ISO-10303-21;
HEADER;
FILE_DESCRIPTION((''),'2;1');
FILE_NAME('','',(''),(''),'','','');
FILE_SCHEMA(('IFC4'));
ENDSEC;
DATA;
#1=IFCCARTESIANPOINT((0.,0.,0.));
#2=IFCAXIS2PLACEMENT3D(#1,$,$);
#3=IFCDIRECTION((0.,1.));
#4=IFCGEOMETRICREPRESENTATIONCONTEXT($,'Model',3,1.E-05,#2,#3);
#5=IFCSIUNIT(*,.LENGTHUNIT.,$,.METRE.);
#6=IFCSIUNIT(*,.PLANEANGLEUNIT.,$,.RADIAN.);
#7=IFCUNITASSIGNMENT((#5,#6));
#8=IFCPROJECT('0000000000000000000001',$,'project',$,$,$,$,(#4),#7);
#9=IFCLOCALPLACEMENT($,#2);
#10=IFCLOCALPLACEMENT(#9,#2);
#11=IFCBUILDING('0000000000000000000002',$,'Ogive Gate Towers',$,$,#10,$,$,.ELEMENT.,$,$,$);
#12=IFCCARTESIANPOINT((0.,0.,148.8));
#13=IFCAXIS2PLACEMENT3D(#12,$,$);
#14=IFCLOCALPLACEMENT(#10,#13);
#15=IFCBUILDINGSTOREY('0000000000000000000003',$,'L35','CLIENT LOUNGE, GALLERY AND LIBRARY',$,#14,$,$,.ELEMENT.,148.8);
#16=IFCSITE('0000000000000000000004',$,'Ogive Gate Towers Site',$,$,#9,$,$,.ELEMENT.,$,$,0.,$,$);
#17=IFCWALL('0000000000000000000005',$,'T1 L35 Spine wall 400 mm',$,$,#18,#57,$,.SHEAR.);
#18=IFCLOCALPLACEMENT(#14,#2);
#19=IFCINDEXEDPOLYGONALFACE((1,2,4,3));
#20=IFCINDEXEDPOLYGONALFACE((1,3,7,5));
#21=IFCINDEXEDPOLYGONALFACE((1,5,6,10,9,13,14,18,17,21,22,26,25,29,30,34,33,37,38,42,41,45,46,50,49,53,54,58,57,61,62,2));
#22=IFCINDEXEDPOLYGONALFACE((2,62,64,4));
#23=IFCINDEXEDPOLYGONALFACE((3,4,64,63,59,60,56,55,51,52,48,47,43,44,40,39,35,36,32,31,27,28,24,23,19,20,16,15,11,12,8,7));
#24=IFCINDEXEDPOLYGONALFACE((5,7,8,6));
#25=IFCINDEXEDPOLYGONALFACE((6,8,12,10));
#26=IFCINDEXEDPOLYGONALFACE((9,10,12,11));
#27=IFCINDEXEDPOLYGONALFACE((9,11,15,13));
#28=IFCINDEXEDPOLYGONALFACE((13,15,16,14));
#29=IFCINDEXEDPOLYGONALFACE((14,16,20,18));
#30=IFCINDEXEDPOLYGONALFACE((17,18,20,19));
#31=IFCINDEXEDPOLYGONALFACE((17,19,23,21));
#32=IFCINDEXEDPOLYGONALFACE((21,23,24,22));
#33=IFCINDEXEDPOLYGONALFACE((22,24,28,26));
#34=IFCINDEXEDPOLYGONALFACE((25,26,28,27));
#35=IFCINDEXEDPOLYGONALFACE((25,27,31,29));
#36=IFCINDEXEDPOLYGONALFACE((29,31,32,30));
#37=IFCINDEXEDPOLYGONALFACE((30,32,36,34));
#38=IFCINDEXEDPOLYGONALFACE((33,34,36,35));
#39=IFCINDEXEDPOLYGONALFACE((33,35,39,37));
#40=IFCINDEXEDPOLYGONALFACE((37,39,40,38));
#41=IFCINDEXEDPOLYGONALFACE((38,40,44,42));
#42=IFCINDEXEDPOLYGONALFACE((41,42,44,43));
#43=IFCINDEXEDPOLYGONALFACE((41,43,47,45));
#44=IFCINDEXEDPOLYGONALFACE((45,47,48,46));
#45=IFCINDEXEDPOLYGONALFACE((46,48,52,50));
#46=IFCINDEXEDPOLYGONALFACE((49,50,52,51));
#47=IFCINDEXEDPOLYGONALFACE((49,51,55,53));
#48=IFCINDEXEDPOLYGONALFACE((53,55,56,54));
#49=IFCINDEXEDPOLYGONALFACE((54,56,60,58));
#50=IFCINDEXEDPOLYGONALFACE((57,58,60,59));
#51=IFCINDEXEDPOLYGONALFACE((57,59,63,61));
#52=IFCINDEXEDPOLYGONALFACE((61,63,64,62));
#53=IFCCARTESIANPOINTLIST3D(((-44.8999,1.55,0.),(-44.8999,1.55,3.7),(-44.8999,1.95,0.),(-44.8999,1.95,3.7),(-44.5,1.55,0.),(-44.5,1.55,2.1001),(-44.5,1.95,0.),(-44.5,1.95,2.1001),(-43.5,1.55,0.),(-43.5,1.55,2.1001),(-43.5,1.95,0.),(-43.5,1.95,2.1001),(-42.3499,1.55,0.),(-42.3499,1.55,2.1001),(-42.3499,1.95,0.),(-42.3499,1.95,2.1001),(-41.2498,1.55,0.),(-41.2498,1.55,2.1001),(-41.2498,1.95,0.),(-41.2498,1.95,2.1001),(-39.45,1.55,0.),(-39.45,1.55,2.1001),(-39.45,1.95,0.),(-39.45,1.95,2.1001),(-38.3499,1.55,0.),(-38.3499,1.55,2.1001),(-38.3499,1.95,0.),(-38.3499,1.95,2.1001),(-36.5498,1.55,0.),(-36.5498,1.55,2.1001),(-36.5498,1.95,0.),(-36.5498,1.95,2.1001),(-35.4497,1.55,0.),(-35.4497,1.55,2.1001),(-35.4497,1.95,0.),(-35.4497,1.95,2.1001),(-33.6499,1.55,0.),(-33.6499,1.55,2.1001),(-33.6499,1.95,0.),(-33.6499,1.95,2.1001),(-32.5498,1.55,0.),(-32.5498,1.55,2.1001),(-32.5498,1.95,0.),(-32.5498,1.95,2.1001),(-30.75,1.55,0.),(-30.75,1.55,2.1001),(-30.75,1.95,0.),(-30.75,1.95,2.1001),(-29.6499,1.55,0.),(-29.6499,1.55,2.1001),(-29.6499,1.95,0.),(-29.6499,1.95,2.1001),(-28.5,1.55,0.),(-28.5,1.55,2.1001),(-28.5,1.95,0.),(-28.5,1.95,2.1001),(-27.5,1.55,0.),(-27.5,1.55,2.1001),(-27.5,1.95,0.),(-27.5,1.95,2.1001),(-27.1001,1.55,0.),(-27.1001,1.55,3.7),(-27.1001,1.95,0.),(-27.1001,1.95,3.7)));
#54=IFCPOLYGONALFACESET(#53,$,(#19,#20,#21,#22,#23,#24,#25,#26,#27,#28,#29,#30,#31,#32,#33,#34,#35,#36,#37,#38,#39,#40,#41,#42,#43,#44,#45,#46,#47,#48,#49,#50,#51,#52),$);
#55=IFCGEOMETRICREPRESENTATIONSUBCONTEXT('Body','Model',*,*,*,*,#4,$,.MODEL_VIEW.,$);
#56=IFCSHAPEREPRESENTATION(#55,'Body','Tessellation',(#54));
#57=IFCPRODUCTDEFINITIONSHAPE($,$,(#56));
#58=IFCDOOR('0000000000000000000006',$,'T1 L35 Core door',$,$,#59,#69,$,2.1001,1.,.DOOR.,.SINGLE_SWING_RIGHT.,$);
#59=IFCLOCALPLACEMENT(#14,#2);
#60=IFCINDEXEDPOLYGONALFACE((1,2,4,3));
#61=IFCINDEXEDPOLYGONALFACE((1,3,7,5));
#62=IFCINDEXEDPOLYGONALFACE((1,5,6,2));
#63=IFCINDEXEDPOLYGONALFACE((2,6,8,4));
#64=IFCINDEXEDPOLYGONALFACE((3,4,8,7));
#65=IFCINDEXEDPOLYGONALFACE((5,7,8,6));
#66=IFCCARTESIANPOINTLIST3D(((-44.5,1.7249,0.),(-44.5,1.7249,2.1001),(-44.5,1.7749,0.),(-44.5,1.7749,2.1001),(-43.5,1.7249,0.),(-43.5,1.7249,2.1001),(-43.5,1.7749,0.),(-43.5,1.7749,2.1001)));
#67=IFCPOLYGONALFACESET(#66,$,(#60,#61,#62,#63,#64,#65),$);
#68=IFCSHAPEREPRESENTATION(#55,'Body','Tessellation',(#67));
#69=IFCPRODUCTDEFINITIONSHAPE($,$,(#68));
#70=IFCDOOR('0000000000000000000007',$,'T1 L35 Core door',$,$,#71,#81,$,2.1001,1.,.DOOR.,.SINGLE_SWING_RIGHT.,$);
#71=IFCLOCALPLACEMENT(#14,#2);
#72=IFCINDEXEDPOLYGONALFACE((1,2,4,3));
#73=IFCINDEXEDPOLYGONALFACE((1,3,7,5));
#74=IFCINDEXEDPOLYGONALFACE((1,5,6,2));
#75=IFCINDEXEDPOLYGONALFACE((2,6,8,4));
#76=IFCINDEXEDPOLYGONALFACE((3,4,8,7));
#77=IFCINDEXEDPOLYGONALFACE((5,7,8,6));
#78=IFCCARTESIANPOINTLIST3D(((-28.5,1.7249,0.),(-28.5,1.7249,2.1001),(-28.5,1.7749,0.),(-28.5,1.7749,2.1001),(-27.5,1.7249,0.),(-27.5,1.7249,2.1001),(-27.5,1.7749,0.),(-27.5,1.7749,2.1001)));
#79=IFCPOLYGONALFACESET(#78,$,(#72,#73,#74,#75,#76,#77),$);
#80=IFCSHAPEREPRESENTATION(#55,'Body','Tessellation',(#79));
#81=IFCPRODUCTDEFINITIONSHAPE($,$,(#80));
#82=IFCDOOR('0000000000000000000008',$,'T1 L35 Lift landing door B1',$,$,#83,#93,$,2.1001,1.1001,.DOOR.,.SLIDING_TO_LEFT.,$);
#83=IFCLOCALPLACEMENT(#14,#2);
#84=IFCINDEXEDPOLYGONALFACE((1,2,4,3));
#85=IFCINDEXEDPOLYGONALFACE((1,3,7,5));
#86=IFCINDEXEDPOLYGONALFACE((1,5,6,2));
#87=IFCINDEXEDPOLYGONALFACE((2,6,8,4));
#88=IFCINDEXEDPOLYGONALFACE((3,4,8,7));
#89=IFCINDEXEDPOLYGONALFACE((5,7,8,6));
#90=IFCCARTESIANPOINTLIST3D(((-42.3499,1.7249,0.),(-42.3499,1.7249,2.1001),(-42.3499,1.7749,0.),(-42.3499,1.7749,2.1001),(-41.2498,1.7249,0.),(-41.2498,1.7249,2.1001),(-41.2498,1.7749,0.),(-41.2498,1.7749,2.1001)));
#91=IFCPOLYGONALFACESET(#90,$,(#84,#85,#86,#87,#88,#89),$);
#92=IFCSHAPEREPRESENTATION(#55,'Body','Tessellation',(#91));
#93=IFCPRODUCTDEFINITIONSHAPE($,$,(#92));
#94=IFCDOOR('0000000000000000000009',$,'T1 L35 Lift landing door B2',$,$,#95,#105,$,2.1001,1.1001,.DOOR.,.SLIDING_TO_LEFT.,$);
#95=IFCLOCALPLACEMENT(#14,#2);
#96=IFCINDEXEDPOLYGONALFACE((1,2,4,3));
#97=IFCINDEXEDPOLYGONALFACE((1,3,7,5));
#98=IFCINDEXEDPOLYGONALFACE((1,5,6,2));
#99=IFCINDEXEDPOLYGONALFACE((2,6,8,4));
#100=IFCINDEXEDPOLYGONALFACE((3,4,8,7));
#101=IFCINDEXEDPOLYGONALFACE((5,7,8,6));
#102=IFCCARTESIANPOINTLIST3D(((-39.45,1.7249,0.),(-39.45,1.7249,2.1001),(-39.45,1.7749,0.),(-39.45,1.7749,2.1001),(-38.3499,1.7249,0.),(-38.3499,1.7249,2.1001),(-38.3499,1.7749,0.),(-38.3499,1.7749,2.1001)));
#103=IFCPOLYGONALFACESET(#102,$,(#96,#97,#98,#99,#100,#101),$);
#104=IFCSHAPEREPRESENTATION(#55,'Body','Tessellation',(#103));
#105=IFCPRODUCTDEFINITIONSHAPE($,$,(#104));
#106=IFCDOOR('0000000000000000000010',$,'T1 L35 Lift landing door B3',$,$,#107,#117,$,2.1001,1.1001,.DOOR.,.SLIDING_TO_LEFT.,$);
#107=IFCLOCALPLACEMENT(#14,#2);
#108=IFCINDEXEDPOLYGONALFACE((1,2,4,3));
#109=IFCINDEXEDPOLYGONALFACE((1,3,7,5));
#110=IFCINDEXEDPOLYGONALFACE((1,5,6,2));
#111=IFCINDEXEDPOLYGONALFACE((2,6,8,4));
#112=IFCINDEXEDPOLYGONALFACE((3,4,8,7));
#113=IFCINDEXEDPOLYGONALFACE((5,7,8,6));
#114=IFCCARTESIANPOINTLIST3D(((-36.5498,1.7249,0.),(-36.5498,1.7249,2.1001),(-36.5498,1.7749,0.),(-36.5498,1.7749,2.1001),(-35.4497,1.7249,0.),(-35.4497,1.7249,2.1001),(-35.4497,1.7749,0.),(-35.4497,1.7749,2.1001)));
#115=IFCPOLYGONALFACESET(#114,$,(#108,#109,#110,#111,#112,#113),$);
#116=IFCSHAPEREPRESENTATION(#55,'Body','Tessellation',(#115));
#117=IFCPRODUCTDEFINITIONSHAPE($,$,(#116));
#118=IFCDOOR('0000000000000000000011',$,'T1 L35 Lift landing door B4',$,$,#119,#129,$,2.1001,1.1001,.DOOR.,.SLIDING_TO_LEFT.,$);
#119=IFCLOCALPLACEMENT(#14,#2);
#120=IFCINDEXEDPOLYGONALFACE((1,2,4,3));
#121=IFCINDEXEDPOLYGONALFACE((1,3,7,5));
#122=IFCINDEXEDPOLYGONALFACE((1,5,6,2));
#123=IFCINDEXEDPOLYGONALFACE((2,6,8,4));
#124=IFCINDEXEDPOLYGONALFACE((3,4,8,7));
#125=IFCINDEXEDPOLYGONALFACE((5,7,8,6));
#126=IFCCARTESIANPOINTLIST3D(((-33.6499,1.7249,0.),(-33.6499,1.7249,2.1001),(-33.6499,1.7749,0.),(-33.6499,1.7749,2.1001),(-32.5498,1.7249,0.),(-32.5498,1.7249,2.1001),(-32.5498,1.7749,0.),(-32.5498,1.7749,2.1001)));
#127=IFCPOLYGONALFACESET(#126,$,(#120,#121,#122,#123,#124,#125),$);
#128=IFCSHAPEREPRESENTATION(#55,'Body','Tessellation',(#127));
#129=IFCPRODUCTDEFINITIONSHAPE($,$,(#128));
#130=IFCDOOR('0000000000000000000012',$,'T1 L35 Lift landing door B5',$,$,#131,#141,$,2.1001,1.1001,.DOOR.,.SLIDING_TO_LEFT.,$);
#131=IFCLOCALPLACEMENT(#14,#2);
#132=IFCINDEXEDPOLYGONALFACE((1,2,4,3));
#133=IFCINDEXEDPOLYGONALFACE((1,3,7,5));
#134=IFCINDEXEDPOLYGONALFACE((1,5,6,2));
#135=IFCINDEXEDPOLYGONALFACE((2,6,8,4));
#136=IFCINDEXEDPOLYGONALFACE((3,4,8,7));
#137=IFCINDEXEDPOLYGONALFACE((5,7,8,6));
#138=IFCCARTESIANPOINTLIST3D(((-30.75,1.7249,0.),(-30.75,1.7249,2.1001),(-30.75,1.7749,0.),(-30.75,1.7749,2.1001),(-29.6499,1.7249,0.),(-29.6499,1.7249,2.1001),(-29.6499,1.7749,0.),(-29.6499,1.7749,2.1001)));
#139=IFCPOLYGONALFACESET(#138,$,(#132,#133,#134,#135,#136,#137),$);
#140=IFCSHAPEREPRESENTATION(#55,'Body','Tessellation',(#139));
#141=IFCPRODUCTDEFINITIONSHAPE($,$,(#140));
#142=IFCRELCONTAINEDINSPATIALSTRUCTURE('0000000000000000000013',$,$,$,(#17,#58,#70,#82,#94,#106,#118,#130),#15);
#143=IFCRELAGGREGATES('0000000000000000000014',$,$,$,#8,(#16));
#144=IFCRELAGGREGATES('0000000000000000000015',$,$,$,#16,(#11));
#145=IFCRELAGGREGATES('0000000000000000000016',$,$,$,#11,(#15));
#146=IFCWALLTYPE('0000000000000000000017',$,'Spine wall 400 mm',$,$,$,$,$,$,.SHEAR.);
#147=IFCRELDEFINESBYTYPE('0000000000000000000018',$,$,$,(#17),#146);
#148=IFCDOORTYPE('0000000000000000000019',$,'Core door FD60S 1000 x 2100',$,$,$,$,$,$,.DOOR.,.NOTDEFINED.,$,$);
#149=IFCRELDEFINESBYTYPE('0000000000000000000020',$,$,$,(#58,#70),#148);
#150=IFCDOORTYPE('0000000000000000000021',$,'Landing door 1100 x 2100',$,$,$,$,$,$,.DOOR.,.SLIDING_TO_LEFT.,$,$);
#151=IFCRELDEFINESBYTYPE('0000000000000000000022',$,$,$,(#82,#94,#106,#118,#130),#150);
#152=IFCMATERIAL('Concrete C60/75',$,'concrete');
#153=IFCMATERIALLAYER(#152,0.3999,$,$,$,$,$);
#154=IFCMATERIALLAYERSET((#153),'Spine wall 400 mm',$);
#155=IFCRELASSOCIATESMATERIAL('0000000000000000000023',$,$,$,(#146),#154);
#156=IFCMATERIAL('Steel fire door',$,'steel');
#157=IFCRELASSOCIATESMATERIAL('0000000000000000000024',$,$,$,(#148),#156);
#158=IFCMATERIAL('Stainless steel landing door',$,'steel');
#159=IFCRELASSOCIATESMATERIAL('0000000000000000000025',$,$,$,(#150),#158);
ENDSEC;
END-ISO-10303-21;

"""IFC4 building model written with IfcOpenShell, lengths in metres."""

from ifc_helpers import new_model, si_unit, direction, frame, frame_2d, origin, place, context, subcontext, project, spatial, rectangle, extrude, material, layer, layer_set, type_object, element, fill, save


model = new_model("IFC4")

# Units and contexts
model_context = context("Model", 3, precision=1e-05, world=origin(), true_north=direction((0.0, 1.0)))
body_context = subcontext(model_context, "Body", "Model", "MODEL_VIEW")
ifc_project = project(units=[si_unit("LENGTHUNIT", "METRE"), si_unit("PLANEANGLEUNIT", "RADIAN")], contexts=[model_context])

# Site, building, storey
site_placement = place(None, origin())
site = spatial("IfcSite", under=ifc_project, at=site_placement, Name="Ogive Gate Towers Site", CompositionType="ELEMENT", RefElevation=0.0)
building_placement = place(site_placement, origin())
building = spatial("IfcBuilding", under=site, at=building_placement, Name="Ogive Gate Towers", CompositionType="ELEMENT")
storey_placement = place(building_placement, frame((0.0, 0.0, 148.8)))
storey = spatial("IfcBuildingStorey", under=building, at=storey_placement, Name="L35", Description="CLIENT LOUNGE, GALLERY AND LIBRARY", CompositionType="ELEMENT", Elevation=148.8)

# Wall, openings, doors
ifc_material_1 = material(Name="Concrete C60/75", Category="concrete")
ifc_layer_1 = layer(ifc_material_1, 0.3999)
ifc_layer_set_1 = layer_set([ifc_layer_1], Name="Spine wall 400 mm")
wall_type_1 = type_object("IfcWallType", Name="Spine wall 400 mm", PredefinedType="SHEAR", material=ifc_layer_set_1)
wall_1_placement = place(storey_placement, frame((-44.8999, 1.75, 0.0), z_axis=(0.0, 0.0, 1.0), x_axis=(1.0, 0.0, 0.0)))
wall_1 = element("IfcWall", 1, at=wall_1_placement, inside=storey, type_object=wall_type_1, Name="T1 L35 Spine wall 400 mm", PredefinedType="SHEAR", context=body_context, shape_type="SweptSolid", body=[
    extrude(rectangle(XDim=17.7998, YDim=0.3999, at=frame_2d((8.8999, 0.0))), origin(), (0.0, 0.0, 1.0), 3.7),
])
opening_1_placement = place(wall_1_placement, frame((0.3999, 0.0, 0.0)))
opening_1 = element("IfcOpeningElement", 2, at=opening_1_placement, cuts=wall_1, PredefinedType="OPENING", context=body_context, shape_type="SweptSolid", body=[
    extrude(rectangle(XDim=1.0, YDim=2.1001, at=frame_2d((0.5, 1.05))), frame((0.0, 0.21, 0.0), z_axis=(0.0, -1.0, 0.0), x_axis=(1.0, 0.0, 0.0)), (0.0, 0.0, 1.0), 0.4199),
])
opening_2_placement = place(wall_1_placement, frame((2.55, 0.0, 0.0)))
opening_2 = element("IfcOpeningElement", 3, at=opening_2_placement, cuts=wall_1, PredefinedType="OPENING", context=body_context, shape_type="SweptSolid", body=[
    extrude(rectangle(XDim=1.1001, YDim=2.1001, at=frame_2d((0.55, 1.05))), frame((0.0, 0.21, 0.0), z_axis=(0.0, -1.0, 0.0), x_axis=(1.0, 0.0, 0.0)), (0.0, 0.0, 1.0), 0.4199),
])
opening_3_placement = place(wall_1_placement, frame((5.45, 0.0, 0.0)))
opening_3 = element("IfcOpeningElement", 4, at=opening_3_placement, cuts=wall_1, PredefinedType="OPENING", context=body_context, shape_type="SweptSolid", body=[
    extrude(rectangle(XDim=1.1001, YDim=2.1001, at=frame_2d((0.55, 1.05))), frame((0.0, 0.21, 0.0), z_axis=(0.0, -1.0, 0.0), x_axis=(1.0, 0.0, 0.0)), (0.0, 0.0, 1.0), 0.4199),
])
opening_4_placement = place(wall_1_placement, frame((8.3501, 0.0, 0.0)))
opening_4 = element("IfcOpeningElement", 5, at=opening_4_placement, cuts=wall_1, PredefinedType="OPENING", context=body_context, shape_type="SweptSolid", body=[
    extrude(rectangle(XDim=1.1001, YDim=2.1001, at=frame_2d((0.55, 1.05))), frame((0.0, 0.21, 0.0), z_axis=(0.0, -1.0, 0.0), x_axis=(1.0, 0.0, 0.0)), (0.0, 0.0, 1.0), 0.4199),
])
opening_5_placement = place(wall_1_placement, frame((11.25, 0.0, 0.0)))
opening_5 = element("IfcOpeningElement", 6, at=opening_5_placement, cuts=wall_1, PredefinedType="OPENING", context=body_context, shape_type="SweptSolid", body=[
    extrude(rectangle(XDim=1.1001, YDim=2.1001, at=frame_2d((0.55, 1.05))), frame((0.0, 0.21, 0.0), z_axis=(0.0, -1.0, 0.0), x_axis=(1.0, 0.0, 0.0)), (0.0, 0.0, 1.0), 0.4199),
])
opening_6_placement = place(wall_1_placement, frame((14.1499, 0.0, 0.0)))
opening_6 = element("IfcOpeningElement", 7, at=opening_6_placement, cuts=wall_1, PredefinedType="OPENING", context=body_context, shape_type="SweptSolid", body=[
    extrude(rectangle(XDim=1.1001, YDim=2.1001, at=frame_2d((0.55, 1.05))), frame((0.0, 0.21, 0.0), z_axis=(0.0, -1.0, 0.0), x_axis=(1.0, 0.0, 0.0)), (0.0, 0.0, 1.0), 0.4199),
])
opening_7_placement = place(wall_1_placement, frame((16.3999, 0.0, 0.0)))
opening_7 = element("IfcOpeningElement", 8, at=opening_7_placement, cuts=wall_1, PredefinedType="OPENING", context=body_context, shape_type="SweptSolid", body=[
    extrude(rectangle(XDim=1.0, YDim=2.1001, at=frame_2d((0.5, 1.05))), frame((0.0, 0.21, 0.0), z_axis=(0.0, -1.0, 0.0), x_axis=(1.0, 0.0, 0.0)), (0.0, 0.0, 1.0), 0.4199),
])
ifc_material_2 = material(Name="Steel fire door", Category="steel")
door_type_1 = type_object("IfcDoorType", Name="Core door FD60S 1000 x 2100", OperationType="NOTDEFINED", PredefinedType="DOOR", material=ifc_material_2)
door_1_placement = place(opening_1_placement, origin())
door_1 = element("IfcDoor", 9, at=door_1_placement, inside=storey, type_object=door_type_1, Name="T1 L35 Core door", OperationType="SINGLE_SWING_RIGHT", OverallHeight=2.1001, OverallWidth=1.0, PredefinedType="DOOR", context=body_context, shape_type="SweptSolid", body=[
    extrude(rectangle(XDim=1.0, YDim=2.1001, at=frame_2d((0.5, 1.05))), frame((0.0, 0.0249, 0.0), z_axis=(0.0, -1.0, 0.0), x_axis=(1.0, 0.0, 0.0)), (0.0, 0.0, 1.0), 0.05),
])
fill(opening_1, door_1)
door_2_placement = place(opening_7_placement, origin())
door_2 = element("IfcDoor", 10, at=door_2_placement, inside=storey, type_object=door_type_1, Name="T1 L35 Core door", OperationType="SINGLE_SWING_RIGHT", OverallHeight=2.1001, OverallWidth=1.0, PredefinedType="DOOR", context=body_context, shape_type="SweptSolid", body=[
    extrude(rectangle(XDim=1.0, YDim=2.1001, at=frame_2d((0.5, 1.05))), frame((0.0, 0.0249, 0.0), z_axis=(0.0, -1.0, 0.0), x_axis=(1.0, 0.0, 0.0)), (0.0, 0.0, 1.0), 0.05),
])
fill(opening_7, door_2)
ifc_material_3 = material(Name="Stainless steel landing door", Category="steel")
door_type_2 = type_object("IfcDoorType", Name="Landing door 1100 x 2100", OperationType="SLIDING_TO_LEFT", PredefinedType="DOOR", material=ifc_material_3)
door_3_placement = place(opening_2_placement, origin())
door_3 = element("IfcDoor", 11, at=door_3_placement, inside=storey, type_object=door_type_2, Name="T1 L35 Lift landing door B1", OperationType="SLIDING_TO_LEFT", OverallHeight=2.1001, OverallWidth=1.1001, PredefinedType="DOOR", context=body_context, shape_type="SweptSolid", body=[
    extrude(rectangle(XDim=1.1001, YDim=2.1001, at=frame_2d((0.55, 1.05))), frame((0.0, 0.0249, 0.0), z_axis=(0.0, -1.0, 0.0), x_axis=(1.0, 0.0, 0.0)), (0.0, 0.0, 1.0), 0.05),
])
fill(opening_2, door_3)
door_4_placement = place(opening_3_placement, origin())
door_4 = element("IfcDoor", 12, at=door_4_placement, inside=storey, type_object=door_type_2, Name="T1 L35 Lift landing door B2", OperationType="SLIDING_TO_LEFT", OverallHeight=2.1001, OverallWidth=1.1001, PredefinedType="DOOR", context=body_context, shape_type="SweptSolid", body=[
    extrude(rectangle(XDim=1.1001, YDim=2.1001, at=frame_2d((0.55, 1.05))), frame((0.0, 0.0249, 0.0), z_axis=(0.0, -1.0, 0.0), x_axis=(1.0, 0.0, 0.0)), (0.0, 0.0, 1.0), 0.05),
])
fill(opening_3, door_4)
door_5_placement = place(opening_4_placement, origin())
door_5 = element("IfcDoor", 13, at=door_5_placement, inside=storey, type_object=door_type_2, Name="T1 L35 Lift landing door B3", OperationType="SLIDING_TO_LEFT", OverallHeight=2.1001, OverallWidth=1.1001, PredefinedType="DOOR", context=body_context, shape_type="SweptSolid", body=[
    extrude(rectangle(XDim=1.1001, YDim=2.1001, at=frame_2d((0.55, 1.05))), frame((0.0, 0.0249, 0.0), z_axis=(0.0, -1.0, 0.0), x_axis=(1.0, 0.0, 0.0)), (0.0, 0.0, 1.0), 0.05),
])
fill(opening_4, door_5)
door_6_placement = place(opening_5_placement, origin())
door_6 = element("IfcDoor", 14, at=door_6_placement, inside=storey, type_object=door_type_2, Name="T1 L35 Lift landing door B4", OperationType="SLIDING_TO_LEFT", OverallHeight=2.1001, OverallWidth=1.1001, PredefinedType="DOOR", context=body_context, shape_type="SweptSolid", body=[
    extrude(rectangle(XDim=1.1001, YDim=2.1001, at=frame_2d((0.55, 1.05))), frame((0.0, 0.0249, 0.0), z_axis=(0.0, -1.0, 0.0), x_axis=(1.0, 0.0, 0.0)), (0.0, 0.0, 1.0), 0.05),
])
fill(opening_5, door_6)
door_7_placement = place(opening_6_placement, origin())
door_7 = element("IfcDoor", 15, at=door_7_placement, inside=storey, type_object=door_type_2, Name="T1 L35 Lift landing door B5", OperationType="SLIDING_TO_LEFT", OverallHeight=2.1001, OverallWidth=1.1001, PredefinedType="DOOR", context=body_context, shape_type="SweptSolid", body=[
    extrude(rectangle(XDim=1.1001, YDim=2.1001, at=frame_2d((0.55, 1.05))), frame((0.0, 0.0249, 0.0), z_axis=(0.0, -1.0, 0.0), x_axis=(1.0, 0.0, 0.0)), (0.0, 0.0, 1.0), 0.05),
])
fill(opening_6, door_7)

save(model, "model.ifc")
